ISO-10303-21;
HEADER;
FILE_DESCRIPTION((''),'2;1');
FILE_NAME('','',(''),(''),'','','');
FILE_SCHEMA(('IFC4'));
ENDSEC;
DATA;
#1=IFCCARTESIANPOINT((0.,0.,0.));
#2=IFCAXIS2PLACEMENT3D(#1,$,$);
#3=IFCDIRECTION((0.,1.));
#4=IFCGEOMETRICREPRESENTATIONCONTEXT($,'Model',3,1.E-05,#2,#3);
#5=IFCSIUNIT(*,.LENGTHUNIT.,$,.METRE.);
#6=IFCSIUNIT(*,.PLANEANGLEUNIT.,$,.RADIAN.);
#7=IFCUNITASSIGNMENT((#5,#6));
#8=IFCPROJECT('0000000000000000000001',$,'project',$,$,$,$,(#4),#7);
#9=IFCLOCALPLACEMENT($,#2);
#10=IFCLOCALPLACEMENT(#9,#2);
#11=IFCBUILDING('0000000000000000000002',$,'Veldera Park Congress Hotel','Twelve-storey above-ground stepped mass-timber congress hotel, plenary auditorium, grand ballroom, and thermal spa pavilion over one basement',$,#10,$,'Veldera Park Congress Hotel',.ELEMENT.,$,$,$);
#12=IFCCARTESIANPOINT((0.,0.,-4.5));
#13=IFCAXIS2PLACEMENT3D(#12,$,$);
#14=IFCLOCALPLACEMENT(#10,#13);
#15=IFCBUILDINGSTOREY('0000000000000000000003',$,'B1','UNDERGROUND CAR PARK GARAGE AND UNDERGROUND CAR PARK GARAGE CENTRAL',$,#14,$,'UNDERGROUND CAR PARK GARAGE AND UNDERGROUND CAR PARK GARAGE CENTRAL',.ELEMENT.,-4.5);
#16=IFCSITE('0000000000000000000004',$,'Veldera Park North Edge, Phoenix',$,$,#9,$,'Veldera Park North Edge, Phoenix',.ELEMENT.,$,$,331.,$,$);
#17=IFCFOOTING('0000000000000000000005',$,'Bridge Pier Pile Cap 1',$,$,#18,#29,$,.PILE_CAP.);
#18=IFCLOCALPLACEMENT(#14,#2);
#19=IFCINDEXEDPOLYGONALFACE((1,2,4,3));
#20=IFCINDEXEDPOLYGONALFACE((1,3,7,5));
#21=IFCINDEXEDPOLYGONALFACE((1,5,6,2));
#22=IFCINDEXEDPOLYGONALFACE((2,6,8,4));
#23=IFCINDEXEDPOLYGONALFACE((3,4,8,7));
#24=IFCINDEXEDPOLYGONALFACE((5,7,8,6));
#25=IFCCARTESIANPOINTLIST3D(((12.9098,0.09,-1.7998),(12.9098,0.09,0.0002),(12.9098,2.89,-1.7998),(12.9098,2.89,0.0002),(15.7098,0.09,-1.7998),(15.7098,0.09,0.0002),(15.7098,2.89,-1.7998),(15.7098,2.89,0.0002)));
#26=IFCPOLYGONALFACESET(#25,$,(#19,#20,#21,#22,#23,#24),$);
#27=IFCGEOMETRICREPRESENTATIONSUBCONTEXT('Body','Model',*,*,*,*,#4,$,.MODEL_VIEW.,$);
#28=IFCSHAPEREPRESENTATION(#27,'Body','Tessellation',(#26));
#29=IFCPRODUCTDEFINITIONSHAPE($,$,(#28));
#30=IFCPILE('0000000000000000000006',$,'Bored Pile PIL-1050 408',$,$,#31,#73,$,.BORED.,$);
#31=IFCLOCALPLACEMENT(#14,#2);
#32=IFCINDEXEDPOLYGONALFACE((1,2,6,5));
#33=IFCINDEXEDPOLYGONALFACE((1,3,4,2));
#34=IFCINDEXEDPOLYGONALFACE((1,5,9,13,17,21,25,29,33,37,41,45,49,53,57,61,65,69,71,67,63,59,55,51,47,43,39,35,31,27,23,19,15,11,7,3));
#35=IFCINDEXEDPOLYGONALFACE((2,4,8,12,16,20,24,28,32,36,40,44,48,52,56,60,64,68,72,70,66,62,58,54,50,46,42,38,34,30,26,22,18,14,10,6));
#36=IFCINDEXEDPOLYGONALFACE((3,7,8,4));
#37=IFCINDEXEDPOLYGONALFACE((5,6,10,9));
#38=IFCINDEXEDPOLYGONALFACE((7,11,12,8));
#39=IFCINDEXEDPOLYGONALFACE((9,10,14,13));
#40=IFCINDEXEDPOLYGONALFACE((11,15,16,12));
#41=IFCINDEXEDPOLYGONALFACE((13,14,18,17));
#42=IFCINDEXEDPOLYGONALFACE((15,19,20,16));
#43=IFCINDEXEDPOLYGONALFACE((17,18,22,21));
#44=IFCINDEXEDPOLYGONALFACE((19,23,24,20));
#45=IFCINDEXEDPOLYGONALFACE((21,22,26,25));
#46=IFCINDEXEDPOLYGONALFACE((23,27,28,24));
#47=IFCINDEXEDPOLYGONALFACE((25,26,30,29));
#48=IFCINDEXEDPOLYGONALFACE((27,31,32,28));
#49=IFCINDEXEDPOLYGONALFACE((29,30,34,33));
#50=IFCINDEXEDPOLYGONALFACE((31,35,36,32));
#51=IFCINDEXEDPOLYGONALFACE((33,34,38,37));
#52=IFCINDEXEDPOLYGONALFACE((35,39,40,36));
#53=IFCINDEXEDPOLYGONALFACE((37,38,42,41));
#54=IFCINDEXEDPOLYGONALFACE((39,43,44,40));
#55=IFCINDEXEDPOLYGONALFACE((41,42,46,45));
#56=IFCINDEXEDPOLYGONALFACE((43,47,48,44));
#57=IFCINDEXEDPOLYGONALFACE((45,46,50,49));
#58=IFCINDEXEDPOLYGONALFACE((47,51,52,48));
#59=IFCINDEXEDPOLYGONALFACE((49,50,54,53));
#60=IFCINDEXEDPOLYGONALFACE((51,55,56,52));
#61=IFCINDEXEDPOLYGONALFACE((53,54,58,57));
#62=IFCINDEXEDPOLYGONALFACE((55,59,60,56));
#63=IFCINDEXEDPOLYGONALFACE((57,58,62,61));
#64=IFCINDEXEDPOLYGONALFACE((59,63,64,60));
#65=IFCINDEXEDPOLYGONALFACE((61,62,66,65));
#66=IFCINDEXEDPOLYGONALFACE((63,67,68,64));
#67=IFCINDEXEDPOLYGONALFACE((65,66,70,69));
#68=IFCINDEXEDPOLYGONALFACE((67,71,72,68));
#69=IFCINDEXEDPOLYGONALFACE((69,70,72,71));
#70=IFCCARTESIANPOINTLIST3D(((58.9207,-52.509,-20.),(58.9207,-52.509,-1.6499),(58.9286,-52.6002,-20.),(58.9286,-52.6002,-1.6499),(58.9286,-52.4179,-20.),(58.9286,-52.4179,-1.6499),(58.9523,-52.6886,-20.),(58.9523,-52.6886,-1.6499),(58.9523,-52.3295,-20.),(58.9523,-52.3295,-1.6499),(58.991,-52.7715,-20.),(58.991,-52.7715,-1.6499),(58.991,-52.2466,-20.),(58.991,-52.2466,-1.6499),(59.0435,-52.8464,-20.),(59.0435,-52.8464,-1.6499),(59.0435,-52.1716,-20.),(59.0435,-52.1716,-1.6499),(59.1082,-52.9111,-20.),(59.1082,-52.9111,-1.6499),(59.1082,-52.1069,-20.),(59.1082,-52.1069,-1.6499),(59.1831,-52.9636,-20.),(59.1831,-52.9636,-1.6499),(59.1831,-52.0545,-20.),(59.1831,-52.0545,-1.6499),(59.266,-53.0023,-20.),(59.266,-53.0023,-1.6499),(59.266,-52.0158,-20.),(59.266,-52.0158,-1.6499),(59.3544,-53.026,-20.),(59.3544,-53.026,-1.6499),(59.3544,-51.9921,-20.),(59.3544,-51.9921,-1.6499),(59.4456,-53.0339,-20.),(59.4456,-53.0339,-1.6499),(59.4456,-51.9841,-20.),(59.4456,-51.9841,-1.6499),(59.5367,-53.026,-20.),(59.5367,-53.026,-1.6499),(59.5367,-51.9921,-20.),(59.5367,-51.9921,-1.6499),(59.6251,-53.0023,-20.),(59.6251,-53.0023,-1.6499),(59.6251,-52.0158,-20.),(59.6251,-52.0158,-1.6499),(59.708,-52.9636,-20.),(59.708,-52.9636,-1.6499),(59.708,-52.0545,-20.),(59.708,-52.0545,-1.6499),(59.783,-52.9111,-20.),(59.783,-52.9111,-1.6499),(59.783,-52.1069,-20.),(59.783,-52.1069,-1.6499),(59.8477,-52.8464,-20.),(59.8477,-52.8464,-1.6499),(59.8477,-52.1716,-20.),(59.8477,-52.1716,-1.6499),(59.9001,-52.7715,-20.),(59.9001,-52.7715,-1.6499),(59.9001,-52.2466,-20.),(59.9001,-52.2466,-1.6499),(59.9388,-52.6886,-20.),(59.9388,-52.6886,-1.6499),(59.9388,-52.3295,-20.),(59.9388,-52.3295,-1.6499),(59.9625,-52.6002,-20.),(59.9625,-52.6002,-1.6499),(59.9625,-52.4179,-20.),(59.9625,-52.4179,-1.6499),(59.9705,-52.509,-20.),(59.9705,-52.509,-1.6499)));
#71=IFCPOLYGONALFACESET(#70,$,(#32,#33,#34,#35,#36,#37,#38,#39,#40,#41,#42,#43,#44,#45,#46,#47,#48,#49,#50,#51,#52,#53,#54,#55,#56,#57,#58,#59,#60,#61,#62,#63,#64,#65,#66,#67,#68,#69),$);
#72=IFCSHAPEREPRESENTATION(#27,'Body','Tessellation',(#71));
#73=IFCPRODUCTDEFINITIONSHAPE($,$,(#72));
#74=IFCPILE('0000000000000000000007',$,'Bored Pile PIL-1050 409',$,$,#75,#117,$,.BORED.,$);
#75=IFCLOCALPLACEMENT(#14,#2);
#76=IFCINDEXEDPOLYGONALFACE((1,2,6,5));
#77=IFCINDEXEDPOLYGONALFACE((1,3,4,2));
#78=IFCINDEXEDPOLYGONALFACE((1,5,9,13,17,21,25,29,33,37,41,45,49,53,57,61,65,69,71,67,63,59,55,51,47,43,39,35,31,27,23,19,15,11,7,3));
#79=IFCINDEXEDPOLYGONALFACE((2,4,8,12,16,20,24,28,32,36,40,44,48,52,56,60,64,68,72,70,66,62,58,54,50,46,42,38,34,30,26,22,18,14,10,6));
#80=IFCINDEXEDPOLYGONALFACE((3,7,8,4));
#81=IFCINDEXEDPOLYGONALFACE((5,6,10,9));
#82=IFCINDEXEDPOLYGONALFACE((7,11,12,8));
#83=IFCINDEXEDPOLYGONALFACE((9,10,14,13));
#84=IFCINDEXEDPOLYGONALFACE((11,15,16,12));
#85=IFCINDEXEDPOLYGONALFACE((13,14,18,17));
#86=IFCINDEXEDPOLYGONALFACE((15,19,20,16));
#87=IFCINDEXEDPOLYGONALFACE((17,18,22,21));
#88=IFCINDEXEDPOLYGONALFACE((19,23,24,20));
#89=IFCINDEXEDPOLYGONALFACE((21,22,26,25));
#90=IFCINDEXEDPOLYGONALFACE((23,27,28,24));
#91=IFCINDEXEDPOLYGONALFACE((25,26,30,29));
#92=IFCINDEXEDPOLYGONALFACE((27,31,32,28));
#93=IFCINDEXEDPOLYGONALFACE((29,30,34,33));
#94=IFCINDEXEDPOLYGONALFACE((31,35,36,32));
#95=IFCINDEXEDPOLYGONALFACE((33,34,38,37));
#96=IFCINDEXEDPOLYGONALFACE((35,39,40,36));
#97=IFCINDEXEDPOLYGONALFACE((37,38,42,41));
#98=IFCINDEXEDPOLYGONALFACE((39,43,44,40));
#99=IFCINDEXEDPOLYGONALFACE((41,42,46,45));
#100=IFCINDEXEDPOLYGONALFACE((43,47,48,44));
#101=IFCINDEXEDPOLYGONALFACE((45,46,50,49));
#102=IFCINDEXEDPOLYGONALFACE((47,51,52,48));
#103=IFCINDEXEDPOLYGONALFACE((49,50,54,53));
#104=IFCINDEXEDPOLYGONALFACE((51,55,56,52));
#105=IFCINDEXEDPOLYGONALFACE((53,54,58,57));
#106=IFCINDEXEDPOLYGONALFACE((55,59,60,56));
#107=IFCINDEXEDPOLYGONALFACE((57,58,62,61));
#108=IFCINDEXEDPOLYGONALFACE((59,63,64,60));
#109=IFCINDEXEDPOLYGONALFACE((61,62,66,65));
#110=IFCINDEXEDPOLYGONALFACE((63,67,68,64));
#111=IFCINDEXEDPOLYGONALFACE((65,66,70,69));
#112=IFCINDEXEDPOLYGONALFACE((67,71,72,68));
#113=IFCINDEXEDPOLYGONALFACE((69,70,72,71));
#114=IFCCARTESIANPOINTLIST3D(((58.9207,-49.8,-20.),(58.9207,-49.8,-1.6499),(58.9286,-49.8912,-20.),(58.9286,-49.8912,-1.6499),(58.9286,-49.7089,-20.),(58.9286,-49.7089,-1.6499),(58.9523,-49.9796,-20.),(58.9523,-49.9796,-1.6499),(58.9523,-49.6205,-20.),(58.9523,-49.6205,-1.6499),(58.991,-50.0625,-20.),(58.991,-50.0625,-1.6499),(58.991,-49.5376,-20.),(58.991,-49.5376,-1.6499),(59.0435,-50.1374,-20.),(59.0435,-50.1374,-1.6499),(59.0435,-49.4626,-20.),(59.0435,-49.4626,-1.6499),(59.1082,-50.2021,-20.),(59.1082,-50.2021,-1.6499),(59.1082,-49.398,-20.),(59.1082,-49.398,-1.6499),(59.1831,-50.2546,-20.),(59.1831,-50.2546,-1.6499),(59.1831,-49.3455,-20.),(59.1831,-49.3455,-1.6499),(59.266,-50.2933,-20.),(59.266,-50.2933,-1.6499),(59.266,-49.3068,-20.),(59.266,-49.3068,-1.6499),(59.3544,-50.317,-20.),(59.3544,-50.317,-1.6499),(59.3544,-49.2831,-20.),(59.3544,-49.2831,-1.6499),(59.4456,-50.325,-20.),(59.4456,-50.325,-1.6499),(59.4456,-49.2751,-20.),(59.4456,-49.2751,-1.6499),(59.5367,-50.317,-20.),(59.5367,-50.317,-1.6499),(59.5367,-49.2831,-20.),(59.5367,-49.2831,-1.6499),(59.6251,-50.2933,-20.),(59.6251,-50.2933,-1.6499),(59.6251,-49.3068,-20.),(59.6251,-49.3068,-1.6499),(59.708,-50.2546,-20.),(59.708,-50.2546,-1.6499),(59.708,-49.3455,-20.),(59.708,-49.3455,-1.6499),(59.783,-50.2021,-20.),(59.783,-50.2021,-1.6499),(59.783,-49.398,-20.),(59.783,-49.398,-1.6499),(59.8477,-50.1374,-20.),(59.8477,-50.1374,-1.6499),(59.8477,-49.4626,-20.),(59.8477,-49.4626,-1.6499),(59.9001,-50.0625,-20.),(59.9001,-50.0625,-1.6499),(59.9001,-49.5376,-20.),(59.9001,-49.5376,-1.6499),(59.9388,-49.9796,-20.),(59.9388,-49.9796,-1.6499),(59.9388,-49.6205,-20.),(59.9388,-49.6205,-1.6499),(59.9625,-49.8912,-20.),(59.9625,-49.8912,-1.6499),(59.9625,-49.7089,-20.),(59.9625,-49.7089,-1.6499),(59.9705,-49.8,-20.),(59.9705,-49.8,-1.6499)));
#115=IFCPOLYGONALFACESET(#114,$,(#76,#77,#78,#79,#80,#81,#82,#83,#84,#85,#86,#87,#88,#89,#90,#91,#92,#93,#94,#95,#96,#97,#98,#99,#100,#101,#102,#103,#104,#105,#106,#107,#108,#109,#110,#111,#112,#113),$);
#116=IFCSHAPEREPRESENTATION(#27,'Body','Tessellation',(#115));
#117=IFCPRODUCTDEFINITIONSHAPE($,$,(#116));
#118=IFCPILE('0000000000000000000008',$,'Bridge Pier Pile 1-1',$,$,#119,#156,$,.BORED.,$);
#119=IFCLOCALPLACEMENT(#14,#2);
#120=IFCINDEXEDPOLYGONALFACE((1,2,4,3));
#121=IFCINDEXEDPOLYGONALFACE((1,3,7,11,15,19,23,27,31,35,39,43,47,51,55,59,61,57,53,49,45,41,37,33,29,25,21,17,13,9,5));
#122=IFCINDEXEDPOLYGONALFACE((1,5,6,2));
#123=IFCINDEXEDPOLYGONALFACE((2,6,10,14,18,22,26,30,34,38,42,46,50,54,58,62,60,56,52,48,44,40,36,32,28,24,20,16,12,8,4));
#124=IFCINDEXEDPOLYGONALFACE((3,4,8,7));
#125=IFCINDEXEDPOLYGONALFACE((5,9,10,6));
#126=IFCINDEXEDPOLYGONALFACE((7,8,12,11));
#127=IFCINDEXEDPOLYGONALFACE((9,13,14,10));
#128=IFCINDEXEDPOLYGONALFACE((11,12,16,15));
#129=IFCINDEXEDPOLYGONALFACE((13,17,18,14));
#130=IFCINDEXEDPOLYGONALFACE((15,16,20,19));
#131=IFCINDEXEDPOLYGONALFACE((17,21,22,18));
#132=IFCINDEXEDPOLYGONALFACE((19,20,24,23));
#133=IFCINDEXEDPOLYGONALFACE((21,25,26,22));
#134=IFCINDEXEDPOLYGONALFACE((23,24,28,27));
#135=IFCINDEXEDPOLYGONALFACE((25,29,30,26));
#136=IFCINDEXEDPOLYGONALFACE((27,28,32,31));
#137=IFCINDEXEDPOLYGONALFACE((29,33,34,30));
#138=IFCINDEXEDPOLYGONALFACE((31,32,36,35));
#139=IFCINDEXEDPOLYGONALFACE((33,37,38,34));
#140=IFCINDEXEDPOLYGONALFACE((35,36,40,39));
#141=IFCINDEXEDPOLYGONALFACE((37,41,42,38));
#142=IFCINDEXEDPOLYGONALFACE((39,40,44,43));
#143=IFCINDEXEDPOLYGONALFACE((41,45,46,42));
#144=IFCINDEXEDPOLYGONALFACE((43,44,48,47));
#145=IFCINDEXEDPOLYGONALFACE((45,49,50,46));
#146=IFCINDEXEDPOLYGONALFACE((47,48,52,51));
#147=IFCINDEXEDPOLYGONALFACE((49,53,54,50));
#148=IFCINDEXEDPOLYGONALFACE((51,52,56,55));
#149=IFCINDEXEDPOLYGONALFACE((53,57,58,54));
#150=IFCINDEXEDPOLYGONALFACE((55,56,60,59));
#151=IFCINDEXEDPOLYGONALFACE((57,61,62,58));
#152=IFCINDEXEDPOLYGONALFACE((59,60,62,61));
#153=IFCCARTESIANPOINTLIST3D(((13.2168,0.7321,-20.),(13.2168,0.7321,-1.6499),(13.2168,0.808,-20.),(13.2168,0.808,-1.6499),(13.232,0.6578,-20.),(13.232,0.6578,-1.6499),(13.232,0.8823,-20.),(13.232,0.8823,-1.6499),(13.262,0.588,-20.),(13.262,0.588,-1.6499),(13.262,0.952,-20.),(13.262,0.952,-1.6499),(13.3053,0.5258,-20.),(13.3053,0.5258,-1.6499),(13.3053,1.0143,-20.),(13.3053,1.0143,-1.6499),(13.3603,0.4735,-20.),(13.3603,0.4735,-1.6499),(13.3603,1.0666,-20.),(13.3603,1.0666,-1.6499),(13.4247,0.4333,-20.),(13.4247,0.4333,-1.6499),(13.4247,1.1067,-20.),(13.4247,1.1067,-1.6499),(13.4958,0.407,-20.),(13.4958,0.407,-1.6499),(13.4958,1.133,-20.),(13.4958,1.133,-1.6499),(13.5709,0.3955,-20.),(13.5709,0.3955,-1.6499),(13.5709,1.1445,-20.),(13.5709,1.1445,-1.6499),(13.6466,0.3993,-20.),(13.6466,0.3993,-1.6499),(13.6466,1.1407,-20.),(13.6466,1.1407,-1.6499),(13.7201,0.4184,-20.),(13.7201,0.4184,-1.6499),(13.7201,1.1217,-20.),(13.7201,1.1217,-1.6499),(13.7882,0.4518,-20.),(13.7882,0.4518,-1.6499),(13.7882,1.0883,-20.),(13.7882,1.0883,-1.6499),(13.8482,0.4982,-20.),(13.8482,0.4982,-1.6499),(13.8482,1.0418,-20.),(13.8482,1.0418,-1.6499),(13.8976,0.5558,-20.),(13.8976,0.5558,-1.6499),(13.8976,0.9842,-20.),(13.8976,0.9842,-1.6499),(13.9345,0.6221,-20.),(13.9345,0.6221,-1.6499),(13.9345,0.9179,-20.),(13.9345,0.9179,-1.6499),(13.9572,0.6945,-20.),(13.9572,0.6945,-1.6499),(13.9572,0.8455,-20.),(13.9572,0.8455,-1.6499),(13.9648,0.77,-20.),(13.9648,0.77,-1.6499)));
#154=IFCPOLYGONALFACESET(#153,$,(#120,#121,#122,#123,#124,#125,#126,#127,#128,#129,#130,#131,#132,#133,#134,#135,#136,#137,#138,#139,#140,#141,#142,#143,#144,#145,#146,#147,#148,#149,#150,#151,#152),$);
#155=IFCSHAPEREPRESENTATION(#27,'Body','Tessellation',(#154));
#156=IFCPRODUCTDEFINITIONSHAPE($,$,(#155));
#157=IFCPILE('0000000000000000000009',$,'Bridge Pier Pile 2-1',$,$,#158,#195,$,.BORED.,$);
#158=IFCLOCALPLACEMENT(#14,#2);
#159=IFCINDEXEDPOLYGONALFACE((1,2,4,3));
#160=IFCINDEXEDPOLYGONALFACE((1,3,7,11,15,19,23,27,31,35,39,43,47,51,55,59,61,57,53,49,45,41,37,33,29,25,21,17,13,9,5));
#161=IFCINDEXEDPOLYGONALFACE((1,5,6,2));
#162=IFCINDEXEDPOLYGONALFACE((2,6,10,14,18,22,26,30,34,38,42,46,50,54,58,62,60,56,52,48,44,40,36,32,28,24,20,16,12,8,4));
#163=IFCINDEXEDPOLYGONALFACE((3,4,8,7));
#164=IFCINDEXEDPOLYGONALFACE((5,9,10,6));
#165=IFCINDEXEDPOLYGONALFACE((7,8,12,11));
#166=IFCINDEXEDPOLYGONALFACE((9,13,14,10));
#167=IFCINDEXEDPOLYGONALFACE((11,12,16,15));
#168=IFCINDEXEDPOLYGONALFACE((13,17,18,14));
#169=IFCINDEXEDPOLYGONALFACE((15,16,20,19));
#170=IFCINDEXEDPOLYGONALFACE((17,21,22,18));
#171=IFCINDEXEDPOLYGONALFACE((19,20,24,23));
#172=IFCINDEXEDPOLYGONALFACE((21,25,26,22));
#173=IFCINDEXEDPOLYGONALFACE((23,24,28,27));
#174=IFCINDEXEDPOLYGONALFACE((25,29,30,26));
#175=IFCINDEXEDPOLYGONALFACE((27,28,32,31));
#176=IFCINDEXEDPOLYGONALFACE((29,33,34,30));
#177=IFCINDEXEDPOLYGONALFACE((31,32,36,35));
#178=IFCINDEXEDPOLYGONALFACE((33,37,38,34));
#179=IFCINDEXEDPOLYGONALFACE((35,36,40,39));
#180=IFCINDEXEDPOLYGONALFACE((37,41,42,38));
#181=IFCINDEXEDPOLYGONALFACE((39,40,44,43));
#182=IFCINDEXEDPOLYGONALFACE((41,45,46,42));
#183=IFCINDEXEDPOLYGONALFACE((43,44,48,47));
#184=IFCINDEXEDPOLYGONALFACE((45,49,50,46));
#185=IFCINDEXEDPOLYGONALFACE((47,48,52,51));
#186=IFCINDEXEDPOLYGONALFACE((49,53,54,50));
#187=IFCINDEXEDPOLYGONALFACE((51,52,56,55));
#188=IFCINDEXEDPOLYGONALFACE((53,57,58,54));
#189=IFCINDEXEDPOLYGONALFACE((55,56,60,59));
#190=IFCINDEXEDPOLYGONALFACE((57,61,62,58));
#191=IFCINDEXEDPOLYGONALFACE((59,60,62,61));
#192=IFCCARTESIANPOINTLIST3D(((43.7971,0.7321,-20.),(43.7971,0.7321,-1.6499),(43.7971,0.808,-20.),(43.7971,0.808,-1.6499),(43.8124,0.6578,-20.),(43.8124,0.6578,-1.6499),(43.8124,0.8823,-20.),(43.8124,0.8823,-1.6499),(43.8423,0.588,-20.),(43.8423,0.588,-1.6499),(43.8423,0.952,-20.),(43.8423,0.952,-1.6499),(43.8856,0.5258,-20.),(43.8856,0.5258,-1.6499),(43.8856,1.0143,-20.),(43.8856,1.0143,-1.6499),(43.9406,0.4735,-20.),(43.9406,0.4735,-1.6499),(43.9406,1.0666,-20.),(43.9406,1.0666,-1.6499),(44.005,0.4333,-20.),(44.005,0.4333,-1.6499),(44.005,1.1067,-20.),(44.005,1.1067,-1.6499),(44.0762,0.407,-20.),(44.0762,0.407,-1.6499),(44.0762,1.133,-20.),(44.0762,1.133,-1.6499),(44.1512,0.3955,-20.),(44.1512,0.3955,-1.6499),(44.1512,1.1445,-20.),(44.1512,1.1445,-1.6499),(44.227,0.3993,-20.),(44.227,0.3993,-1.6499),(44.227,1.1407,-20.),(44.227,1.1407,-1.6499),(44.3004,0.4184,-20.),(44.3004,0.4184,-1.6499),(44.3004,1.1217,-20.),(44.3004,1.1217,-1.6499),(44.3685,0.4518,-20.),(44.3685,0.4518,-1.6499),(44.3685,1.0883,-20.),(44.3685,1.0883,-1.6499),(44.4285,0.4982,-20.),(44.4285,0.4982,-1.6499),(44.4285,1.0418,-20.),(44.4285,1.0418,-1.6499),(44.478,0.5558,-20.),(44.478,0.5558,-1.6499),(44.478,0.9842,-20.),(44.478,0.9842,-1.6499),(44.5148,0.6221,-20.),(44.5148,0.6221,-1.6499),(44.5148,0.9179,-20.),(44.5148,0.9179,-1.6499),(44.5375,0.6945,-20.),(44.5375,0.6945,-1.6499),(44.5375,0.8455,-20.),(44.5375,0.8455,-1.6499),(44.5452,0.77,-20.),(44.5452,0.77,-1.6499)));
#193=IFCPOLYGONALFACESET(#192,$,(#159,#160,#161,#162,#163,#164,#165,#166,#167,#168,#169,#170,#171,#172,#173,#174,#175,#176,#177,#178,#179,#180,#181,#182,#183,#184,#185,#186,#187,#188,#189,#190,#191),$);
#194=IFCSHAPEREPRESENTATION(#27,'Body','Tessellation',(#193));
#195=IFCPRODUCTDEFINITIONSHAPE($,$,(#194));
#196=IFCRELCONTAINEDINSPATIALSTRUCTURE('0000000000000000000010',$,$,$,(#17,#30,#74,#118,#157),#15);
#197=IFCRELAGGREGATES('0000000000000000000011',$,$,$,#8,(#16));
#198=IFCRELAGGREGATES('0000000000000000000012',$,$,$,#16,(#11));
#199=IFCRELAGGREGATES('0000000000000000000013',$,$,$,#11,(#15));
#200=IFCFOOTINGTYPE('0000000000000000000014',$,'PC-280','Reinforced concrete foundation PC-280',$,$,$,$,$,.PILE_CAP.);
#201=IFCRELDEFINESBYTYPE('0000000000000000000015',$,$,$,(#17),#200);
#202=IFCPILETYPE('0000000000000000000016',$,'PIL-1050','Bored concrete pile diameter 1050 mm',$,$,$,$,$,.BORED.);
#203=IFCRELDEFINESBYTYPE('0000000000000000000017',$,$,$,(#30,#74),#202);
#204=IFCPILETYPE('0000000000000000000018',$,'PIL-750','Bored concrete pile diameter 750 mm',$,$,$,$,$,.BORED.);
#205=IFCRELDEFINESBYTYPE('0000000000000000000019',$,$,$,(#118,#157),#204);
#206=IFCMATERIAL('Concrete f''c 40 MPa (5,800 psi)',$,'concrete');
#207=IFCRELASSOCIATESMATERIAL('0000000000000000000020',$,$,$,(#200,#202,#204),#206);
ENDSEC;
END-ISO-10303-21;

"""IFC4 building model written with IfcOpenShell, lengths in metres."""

from ifc_helpers import new_model, si_unit, direction, frame, origin, origin_2d, place, context, subcontext, project, spatial, rectangle, circle, extrude, material, material_profile, profile_set, type_object, element, save


model = new_model("IFC4")

# Units and contexts
model_context = context("Model", 3, precision=1e-05, world=origin(), true_north=direction((0.0, 1.0)))
body_context = subcontext(model_context, "Body", "Model", "MODEL_VIEW")
ifc_project = project(units=[si_unit("LENGTHUNIT", "METRE"), si_unit("PLANEANGLEUNIT", "RADIAN")], contexts=[model_context])

# Site, building, storey
site_placement = place(None, origin())
site = spatial("IfcSite", under=ifc_project, at=site_placement, Name="Veldera Park North Edge, Phoenix", LongName="Veldera Park North Edge, Phoenix", CompositionType="ELEMENT", RefElevation=331.0)
building_placement = place(site_placement, origin())
building = spatial("IfcBuilding", under=site, at=building_placement, Name="Veldera Park Congress Hotel", Description="Twelve-storey above-ground stepped mass-timber congress hotel, plenary auditorium, grand ballroom, and thermal spa pavilion over one basement", LongName="Veldera Park Congress Hotel", CompositionType="ELEMENT")
storey_placement = place(building_placement, frame((0.0, 0.0, -4.5)))
storey = spatial("IfcBuildingStorey", under=building, at=storey_placement, Name="B1", Description="UNDERGROUND CAR PARK GARAGE AND UNDERGROUND CAR PARK GARAGE CENTRAL", LongName="UNDERGROUND CAR PARK GARAGE AND UNDERGROUND CAR PARK GARAGE CENTRAL", CompositionType="ELEMENT", Elevation=-4.5)

# Footing
ifc_material_1 = material(Name="Concrete f'c 40 MPa (5,800 psi)", Category="concrete")
footing_type = type_object("IfcFootingType", Name="PC-280", Description="Reinforced concrete foundation PC-280", PredefinedType="PILE_CAP", material=ifc_material_1)
footing_placement = place(storey_placement, frame((14.3098, 1.49, -1.7998), z_axis=(0.0, 0.0, 1.0), x_axis=(1.0, 0.0, 0.0)))
element("IfcFooting", 1, at=footing_placement, inside=storey, type_object=footing_type, Name="Bridge Pier Pile Cap 1", PredefinedType="PILE_CAP", context=body_context, shape_type="SweptSolid", body=[
    extrude(rectangle(XDim=2.8, YDim=2.8, at=origin_2d()), origin(), (0.0, 0.0, 1.0), 1.8),
])

# Piles
ifc_material_profile_1 = material_profile(ifc_material_1, circle(Radius=0.5249, at=origin_2d()), Name="PILE D1050")
ifc_profile_set_1 = profile_set([ifc_material_profile_1], Name="Concrete f'c 40 MPa (5,800 psi)")
pile_type_1 = type_object("IfcPileType", Name="PIL-1050", Description="Bored concrete pile diameter 1050 mm", PredefinedType="BORED", material=ifc_profile_set_1)
for number, where, z_axis, x_axis, name in (
    (2, (59.4456, -52.509, -1.6499), (0.0, 0.0, -1.0), (1.0, 0.0, 0.0), "Bored Pile PIL-1050 408"),
    (3, (59.4456, -49.8, -1.6499), (0.0, 0.0, -1.0), (1.0, 0.0, 0.0), "Bored Pile PIL-1050 409"),
):
    element("IfcPile", number, at=place(storey_placement, frame(where, z_axis=z_axis, x_axis=x_axis)), inside=storey, type_object=pile_type_1, Name=name, PredefinedType="BORED", context=body_context, shape_type="SweptSolid", body=[
        extrude(circle(Radius=0.5249, at=origin_2d()), origin(), (0.0, 0.0, 1.0), 18.3501),
    ])
ifc_material_profile_2 = material_profile(ifc_material_1, circle(Radius=0.375, at=origin_2d()), Name="PILE D750")
ifc_profile_set_2 = profile_set([ifc_material_profile_2], Name="Concrete f'c 40 MPa (5,800 psi)")
pile_type_2 = type_object("IfcPileType", Name="PIL-750", Description="Bored concrete pile diameter 750 mm", PredefinedType="BORED", material=ifc_profile_set_2)
for number, where, z_axis, x_axis, name in (
    (4, (13.5898, 0.77, -1.6499), (0.0, 0.0, -1.0), (1.0, 0.0, 0.0), "Bridge Pier Pile 1-1"),
    (5, (44.1702, 0.77, -1.6499), (0.0, 0.0, -1.0), (1.0, 0.0, 0.0), "Bridge Pier Pile 2-1"),
):
    element("IfcPile", number, at=place(storey_placement, frame(where, z_axis=z_axis, x_axis=x_axis)), inside=storey, type_object=pile_type_2, Name=name, PredefinedType="BORED", context=body_context, shape_type="SweptSolid", body=[
        extrude(circle(Radius=0.375, at=origin_2d()), origin(), (0.0, 0.0, 1.0), 18.3501),
    ])

save(model, "model.ifc")
